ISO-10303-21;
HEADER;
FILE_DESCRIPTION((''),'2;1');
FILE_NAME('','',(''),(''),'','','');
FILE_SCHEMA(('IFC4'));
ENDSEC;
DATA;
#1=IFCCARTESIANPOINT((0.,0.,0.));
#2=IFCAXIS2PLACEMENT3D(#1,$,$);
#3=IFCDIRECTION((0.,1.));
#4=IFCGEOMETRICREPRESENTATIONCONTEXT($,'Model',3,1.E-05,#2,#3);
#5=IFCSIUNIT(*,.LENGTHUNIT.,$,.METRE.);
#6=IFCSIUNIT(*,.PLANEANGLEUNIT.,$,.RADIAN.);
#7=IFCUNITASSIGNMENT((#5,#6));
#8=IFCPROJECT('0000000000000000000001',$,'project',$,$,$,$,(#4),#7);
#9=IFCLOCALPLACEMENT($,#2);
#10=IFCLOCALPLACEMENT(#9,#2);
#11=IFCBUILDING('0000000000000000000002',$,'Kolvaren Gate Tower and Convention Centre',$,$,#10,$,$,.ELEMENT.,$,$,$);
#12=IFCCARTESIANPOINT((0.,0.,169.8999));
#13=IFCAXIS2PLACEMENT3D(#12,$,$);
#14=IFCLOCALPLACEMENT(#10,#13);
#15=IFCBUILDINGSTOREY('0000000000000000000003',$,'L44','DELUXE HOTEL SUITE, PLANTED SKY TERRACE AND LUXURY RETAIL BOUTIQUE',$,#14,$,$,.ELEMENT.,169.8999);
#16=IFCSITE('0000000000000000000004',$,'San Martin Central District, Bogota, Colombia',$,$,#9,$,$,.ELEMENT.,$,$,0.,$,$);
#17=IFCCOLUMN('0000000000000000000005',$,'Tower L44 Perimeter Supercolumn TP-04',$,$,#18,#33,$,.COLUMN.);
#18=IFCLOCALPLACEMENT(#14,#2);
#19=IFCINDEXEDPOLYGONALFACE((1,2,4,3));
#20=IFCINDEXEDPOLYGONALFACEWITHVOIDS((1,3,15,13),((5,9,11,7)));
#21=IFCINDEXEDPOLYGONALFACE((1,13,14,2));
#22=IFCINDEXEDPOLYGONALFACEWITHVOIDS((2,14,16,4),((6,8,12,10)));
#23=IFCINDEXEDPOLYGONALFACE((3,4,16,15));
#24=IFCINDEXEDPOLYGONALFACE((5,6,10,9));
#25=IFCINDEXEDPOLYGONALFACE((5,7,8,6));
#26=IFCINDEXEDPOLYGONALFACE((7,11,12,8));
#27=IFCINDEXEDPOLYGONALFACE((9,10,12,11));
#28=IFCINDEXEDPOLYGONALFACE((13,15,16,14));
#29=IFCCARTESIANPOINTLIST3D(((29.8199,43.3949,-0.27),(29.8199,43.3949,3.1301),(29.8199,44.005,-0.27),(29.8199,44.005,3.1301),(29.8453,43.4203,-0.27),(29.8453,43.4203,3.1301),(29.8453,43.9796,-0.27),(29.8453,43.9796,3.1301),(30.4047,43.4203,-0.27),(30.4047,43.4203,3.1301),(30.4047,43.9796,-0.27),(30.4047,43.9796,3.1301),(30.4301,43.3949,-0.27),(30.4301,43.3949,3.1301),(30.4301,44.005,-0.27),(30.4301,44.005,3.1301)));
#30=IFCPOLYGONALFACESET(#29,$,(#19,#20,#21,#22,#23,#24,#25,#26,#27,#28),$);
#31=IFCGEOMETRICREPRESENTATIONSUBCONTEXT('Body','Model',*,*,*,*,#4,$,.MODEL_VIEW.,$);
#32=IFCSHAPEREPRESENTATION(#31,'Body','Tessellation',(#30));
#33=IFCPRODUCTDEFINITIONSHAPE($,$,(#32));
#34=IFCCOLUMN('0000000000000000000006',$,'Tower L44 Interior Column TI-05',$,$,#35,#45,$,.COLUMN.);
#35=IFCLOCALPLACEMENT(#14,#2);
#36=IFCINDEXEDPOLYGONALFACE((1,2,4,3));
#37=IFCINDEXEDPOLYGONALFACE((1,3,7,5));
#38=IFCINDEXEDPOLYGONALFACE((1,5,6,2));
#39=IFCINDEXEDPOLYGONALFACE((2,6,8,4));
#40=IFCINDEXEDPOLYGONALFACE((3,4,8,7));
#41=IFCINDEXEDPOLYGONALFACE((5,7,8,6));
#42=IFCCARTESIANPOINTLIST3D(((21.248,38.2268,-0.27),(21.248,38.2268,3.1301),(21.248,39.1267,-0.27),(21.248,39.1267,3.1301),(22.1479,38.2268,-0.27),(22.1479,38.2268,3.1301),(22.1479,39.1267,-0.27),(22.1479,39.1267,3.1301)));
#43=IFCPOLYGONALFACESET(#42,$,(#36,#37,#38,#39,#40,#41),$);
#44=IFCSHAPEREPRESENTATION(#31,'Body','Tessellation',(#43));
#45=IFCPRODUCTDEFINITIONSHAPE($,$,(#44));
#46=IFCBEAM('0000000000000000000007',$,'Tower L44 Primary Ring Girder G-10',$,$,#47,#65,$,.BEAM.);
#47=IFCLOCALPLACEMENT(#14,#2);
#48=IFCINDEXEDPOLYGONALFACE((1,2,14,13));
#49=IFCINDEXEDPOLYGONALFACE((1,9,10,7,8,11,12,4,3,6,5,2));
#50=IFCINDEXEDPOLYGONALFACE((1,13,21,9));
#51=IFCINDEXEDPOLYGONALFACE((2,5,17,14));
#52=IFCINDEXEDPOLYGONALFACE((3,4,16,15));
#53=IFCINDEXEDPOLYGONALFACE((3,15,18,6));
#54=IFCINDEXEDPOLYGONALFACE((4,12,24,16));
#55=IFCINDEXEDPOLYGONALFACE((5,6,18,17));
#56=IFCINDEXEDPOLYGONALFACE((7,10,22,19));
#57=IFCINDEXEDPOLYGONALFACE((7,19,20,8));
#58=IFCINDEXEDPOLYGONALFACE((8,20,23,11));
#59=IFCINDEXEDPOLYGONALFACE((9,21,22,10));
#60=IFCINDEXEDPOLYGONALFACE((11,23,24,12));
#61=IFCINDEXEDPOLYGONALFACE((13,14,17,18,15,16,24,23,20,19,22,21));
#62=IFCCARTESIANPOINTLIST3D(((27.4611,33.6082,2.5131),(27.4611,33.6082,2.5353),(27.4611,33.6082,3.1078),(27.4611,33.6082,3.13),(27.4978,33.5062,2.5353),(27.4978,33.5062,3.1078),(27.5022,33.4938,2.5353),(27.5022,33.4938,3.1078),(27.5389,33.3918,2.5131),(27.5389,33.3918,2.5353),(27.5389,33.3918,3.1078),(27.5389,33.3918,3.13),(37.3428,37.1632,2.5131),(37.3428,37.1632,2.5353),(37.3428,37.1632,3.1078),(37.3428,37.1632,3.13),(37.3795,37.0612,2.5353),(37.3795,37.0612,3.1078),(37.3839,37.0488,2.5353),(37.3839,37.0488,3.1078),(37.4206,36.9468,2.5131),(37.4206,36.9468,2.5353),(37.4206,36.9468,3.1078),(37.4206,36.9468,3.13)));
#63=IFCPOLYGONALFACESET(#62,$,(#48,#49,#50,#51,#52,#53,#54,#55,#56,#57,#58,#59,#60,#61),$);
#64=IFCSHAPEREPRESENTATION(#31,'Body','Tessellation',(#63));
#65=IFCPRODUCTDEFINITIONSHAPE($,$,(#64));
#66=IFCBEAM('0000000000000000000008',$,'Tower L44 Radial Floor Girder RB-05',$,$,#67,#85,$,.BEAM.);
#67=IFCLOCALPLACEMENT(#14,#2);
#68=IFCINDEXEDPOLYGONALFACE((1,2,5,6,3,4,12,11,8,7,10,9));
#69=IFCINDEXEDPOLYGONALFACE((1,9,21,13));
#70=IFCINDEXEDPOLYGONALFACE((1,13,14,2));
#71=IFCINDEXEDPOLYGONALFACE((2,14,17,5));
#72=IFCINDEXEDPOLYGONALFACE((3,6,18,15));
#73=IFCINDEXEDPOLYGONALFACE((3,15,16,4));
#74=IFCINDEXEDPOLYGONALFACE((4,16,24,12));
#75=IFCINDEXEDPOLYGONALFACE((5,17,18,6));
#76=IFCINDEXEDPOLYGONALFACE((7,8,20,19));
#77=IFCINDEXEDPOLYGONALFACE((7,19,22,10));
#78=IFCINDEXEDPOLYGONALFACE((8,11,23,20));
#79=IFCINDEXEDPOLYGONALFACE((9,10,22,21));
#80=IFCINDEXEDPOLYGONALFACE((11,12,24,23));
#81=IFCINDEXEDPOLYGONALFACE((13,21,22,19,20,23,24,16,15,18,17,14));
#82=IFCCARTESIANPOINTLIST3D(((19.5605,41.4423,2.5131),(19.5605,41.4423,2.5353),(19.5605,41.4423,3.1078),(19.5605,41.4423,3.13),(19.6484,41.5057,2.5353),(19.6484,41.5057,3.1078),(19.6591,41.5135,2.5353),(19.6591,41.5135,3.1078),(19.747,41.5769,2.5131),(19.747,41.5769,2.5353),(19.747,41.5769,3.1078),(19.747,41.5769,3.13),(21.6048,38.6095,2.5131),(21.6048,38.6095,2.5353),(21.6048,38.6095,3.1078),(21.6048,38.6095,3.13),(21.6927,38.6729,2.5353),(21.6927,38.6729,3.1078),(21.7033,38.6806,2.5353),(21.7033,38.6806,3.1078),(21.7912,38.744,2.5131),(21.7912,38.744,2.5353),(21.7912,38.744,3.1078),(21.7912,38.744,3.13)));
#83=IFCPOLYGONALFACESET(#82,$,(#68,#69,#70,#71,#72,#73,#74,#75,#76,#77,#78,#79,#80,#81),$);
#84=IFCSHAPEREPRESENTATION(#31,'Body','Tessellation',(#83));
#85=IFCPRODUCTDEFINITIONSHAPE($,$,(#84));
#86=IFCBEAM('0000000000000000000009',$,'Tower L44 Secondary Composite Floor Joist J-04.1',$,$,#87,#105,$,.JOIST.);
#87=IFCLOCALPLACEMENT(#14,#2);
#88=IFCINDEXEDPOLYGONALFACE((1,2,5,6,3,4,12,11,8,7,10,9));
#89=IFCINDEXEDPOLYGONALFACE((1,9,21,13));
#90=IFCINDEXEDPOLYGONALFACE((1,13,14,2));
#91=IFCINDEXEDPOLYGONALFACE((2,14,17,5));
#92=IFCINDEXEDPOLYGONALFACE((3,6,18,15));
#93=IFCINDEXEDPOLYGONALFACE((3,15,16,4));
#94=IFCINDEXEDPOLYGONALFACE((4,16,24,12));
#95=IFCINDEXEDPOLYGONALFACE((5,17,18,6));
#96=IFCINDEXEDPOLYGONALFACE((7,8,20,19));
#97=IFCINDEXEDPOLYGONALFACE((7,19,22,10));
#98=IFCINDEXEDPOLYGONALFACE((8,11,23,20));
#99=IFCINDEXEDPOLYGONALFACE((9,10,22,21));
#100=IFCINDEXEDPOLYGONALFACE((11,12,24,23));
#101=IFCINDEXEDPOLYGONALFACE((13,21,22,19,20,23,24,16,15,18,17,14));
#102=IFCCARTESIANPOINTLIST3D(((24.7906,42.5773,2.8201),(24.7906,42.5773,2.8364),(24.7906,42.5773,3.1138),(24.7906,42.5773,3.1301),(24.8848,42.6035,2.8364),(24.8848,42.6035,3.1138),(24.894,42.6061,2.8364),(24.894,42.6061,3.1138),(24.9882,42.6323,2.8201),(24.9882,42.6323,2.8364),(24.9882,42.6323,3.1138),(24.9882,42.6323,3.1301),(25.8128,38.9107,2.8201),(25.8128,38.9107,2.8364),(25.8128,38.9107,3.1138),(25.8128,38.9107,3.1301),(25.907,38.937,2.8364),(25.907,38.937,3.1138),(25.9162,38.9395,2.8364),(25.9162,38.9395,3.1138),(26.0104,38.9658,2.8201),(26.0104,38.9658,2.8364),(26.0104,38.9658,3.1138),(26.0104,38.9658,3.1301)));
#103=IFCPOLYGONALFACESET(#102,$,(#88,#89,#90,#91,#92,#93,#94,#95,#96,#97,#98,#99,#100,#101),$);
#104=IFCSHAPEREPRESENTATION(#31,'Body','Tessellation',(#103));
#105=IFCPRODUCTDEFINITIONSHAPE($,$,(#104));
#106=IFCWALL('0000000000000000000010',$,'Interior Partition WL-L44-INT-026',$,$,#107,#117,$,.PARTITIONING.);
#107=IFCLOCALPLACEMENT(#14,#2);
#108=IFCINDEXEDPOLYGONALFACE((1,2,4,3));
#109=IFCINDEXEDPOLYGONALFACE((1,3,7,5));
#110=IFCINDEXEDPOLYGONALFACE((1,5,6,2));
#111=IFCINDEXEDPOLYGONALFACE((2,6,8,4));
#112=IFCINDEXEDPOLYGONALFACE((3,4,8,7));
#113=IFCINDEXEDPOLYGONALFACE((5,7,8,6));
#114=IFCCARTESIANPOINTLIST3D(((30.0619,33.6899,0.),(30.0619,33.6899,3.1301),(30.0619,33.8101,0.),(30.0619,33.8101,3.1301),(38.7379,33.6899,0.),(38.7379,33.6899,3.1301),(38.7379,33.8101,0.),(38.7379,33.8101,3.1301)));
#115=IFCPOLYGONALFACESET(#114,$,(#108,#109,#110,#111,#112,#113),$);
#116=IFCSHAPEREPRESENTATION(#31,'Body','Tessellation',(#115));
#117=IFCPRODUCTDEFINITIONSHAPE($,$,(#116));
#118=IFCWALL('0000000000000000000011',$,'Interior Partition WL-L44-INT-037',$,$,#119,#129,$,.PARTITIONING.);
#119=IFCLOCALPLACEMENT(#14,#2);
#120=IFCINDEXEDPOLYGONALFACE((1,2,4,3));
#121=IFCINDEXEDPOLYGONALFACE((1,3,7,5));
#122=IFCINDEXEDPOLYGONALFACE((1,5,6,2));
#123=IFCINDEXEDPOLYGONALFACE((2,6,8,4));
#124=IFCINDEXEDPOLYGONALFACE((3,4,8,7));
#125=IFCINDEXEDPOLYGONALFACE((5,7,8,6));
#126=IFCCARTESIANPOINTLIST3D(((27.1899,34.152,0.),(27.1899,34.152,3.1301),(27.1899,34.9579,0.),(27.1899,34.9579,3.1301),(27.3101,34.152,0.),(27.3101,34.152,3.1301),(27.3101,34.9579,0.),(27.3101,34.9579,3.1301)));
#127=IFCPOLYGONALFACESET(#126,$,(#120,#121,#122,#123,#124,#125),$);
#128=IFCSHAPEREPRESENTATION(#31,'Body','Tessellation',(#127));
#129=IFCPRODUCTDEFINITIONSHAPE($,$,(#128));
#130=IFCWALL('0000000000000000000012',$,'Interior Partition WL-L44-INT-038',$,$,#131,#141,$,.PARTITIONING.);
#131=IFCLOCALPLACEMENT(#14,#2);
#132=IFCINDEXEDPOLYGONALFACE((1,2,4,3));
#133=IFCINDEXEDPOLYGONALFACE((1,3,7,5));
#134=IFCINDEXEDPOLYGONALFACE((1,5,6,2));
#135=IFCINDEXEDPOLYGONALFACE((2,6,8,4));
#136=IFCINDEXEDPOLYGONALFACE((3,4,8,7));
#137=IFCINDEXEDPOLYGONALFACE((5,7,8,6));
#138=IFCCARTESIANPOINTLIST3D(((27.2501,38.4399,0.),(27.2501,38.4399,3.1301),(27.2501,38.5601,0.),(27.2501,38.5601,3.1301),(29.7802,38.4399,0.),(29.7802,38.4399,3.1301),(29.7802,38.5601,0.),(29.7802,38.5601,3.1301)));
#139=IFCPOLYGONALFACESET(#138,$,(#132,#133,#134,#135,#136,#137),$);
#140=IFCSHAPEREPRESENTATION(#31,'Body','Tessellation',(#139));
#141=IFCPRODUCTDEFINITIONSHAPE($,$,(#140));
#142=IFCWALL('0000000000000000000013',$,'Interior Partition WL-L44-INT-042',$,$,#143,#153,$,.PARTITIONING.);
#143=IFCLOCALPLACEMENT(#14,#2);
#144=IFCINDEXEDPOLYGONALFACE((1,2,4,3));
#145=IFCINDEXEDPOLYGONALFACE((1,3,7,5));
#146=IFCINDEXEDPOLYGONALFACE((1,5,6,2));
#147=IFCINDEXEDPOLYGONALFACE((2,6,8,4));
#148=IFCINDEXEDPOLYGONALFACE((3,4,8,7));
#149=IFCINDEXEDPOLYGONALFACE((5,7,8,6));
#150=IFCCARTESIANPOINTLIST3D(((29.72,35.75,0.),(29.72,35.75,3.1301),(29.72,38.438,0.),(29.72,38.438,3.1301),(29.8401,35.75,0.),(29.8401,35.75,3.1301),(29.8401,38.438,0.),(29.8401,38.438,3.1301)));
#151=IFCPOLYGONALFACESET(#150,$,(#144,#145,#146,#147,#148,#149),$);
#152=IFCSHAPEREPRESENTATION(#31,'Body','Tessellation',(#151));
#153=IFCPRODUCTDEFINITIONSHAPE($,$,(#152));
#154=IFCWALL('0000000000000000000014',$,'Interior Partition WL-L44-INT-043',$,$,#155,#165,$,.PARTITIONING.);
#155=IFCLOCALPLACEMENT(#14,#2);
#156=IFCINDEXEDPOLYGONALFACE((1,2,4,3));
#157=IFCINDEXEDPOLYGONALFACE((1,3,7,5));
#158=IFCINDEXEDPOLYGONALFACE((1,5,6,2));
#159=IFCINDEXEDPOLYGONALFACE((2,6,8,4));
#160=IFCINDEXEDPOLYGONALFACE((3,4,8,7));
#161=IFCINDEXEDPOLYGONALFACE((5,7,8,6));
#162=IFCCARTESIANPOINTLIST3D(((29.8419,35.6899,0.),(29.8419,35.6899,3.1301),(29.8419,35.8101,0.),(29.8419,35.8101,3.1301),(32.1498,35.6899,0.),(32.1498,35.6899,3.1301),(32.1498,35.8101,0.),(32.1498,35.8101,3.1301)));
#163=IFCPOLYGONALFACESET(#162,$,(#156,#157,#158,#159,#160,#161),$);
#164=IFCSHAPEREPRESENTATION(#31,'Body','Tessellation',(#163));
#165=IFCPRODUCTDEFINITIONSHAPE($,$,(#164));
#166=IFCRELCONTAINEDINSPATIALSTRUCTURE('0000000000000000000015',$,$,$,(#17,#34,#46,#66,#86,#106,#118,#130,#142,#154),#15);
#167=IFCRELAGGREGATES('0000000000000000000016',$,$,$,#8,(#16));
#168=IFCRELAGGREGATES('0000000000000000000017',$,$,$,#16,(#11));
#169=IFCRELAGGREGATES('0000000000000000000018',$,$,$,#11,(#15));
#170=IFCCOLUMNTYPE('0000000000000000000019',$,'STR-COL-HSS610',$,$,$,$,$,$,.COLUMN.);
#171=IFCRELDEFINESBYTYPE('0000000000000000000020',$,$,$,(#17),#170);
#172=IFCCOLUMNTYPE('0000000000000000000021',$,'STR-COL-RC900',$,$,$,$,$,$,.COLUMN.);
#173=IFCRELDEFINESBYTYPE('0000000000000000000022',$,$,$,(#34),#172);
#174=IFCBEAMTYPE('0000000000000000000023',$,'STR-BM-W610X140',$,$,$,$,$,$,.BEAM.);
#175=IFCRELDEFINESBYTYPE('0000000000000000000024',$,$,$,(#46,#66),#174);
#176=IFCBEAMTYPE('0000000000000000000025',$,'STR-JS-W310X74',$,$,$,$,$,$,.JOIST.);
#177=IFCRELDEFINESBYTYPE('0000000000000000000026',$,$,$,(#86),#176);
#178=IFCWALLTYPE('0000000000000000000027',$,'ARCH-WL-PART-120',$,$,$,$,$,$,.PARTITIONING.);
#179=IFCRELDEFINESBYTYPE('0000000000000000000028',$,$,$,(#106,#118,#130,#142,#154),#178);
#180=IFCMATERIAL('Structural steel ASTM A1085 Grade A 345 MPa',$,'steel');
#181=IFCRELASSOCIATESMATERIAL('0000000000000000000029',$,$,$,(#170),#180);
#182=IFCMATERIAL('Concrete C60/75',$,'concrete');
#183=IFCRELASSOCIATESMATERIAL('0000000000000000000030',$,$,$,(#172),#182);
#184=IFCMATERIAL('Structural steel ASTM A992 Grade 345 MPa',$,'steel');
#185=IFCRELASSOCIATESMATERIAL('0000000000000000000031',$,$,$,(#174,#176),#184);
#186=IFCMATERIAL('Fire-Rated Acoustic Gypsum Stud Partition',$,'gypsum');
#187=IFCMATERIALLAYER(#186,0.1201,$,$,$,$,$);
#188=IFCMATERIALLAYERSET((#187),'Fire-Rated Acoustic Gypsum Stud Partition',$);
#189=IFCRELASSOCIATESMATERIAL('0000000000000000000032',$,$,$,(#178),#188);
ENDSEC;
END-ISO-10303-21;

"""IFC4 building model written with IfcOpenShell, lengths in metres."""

from ifc_helpers import new_model, si_unit, direction, frame, frame_2d, origin, origin_2d, place, context, subcontext, project, spatial, rectangle, hollow_rectangle, i_section, extrude, material, layer, layer_set, material_profile, profile_set, type_object, element, save


model = new_model("IFC4")

# Units and contexts
model_context = context("Model", 3, precision=1e-05, world=origin(), true_north=direction((0.0, 1.0)))
body_context = subcontext(model_context, "Body", "Model", "MODEL_VIEW")
ifc_project = project(units=[si_unit("LENGTHUNIT", "METRE"), si_unit("PLANEANGLEUNIT", "RADIAN")], contexts=[model_context])

# Site, building, storey
site_placement = place(None, origin())
site = spatial("IfcSite", under=ifc_project, at=site_placement, Name="San Martin Central District, Bogota, Colombia", CompositionType="ELEMENT", RefElevation=0.0)
building_placement = place(site_placement, origin())
building = spatial("IfcBuilding", under=site, at=building_placement, Name="Kolvaren Gate Tower and Convention Centre", CompositionType="ELEMENT")
storey_placement = place(building_placement, frame((0.0, 0.0, 169.8999)))
storey = spatial("IfcBuildingStorey", under=building, at=storey_placement, Name="L44", Description="DELUXE HOTEL SUITE, PLANTED SKY TERRACE AND LUXURY RETAIL BOUTIQUE", CompositionType="ELEMENT", Elevation=169.8999)

# Columns
ifc_material_1 = material(Name="Structural steel ASTM A1085 Grade A 345 MPa", Category="steel")
ifc_material_profile_1 = material_profile(ifc_material_1, hollow_rectangle(XDim=0.6101, YDim=0.6101, WallThickness=0.0254, at=origin_2d()), Name="HSS610X610X25.4")
ifc_profile_set_1 = profile_set([ifc_material_profile_1], Name="Structural steel ASTM A1085 Grade A 345 MPa")
column_type_1 = type_object("IfcColumnType", Name="STR-COL-HSS610", PredefinedType="COLUMN", material=ifc_profile_set_1)
column_1_placement = place(storey_placement, frame((30.125, 43.7, -0.27), z_axis=(0.0, 0.0, 1.0), x_axis=(1.0, 0.0, 0.0)))
element("IfcColumn", 1, at=column_1_placement, inside=storey, type_object=column_type_1, Name="Tower L44 Perimeter Supercolumn TP-04", PredefinedType="COLUMN", context=body_context, shape_type="SweptSolid", body=[
    extrude(hollow_rectangle(XDim=0.6101, YDim=0.6101, WallThickness=0.0254, at=origin_2d()), origin(), (0.0, 0.0, 1.0), 3.4001),
])
ifc_material_2 = material(Name="Concrete C60/75", Category="concrete")
ifc_material_profile_2 = material_profile(ifc_material_2, rectangle(XDim=0.8999, YDim=0.8999, at=origin_2d()), Name="RC-COL-900X900")
ifc_profile_set_2 = profile_set([ifc_material_profile_2], Name="Concrete C60/75")
column_type_2 = type_object("IfcColumnType", Name="STR-COL-RC900", PredefinedType="COLUMN", material=ifc_profile_set_2)
column_2_placement = place(storey_placement, frame((21.698, 38.6768, -0.27), z_axis=(0.0, 0.0, 1.0), x_axis=(1.0, 0.0, 0.0)))
element("IfcColumn", 2, at=column_2_placement, inside=storey, type_object=column_type_2, Name="Tower L44 Interior Column TI-05", PredefinedType="COLUMN", context=body_context, shape_type="SweptSolid", body=[
    extrude(rectangle(XDim=0.8999, YDim=0.8999, at=origin_2d()), origin(), (0.0, 0.0, 1.0), 3.4001),
])

# Beams
ifc_material_3 = material(Name="Structural steel ASTM A992 Grade 345 MPa", Category="steel")
ifc_material_profile_3 = material_profile(ifc_material_3, i_section(OverallWidth=0.23, OverallDepth=0.6169, WebThickness=0.0132, FlangeThickness=0.0222, at=origin_2d()), Name="W610X140")
ifc_profile_set_3 = profile_set([ifc_material_profile_3], Name="Structural steel ASTM A992 Grade 345 MPa")
beam_type_1 = type_object("IfcBeamType", Name="STR-BM-W610X140", PredefinedType="BEAM", material=ifc_profile_set_3)
beam_1_placement = place(storey_placement, frame((27.5, 33.5, 2.8215), z_axis=(0.940961, 0.338514, 0.0), x_axis=(-0.338514, 0.940961, 0.0)))
element("IfcBeam", 3, at=beam_1_placement, inside=storey, type_object=beam_type_1, Name="Tower L44 Primary Ring Girder G-10", PredefinedType="BEAM", context=body_context, shape_type="SweptSolid", body=[
    extrude(i_section(OverallWidth=0.23, OverallDepth=0.6169, WebThickness=0.0132, FlangeThickness=0.0222, at=origin_2d()), origin(), (0.0, 0.0, 1.0), 10.5017),
])
beam_2_placement = place(storey_placement, frame((21.698, 38.6768, 2.8215), z_axis=(-0.585172, 0.81091, 0.0), x_axis=(-0.81091, -0.585172, 0.0)))
element("IfcBeam", 4, at=beam_2_placement, inside=storey, type_object=beam_type_1, Name="Tower L44 Radial Floor Girder RB-05", PredefinedType="BEAM", context=body_context, shape_type="SweptSolid", body=[
    extrude(i_section(OverallWidth=0.23, OverallDepth=0.6169, WebThickness=0.0132, FlangeThickness=0.0222, at=origin_2d()), origin(), (0.0, 0.0, 1.0), 3.4934),
])
ifc_material_profile_4 = material_profile(ifc_material_3, i_section(OverallWidth=0.2051, OverallDepth=0.3101, WebThickness=0.0095, FlangeThickness=0.0164, at=origin_2d()), Name="W310X74")
ifc_profile_set_4 = profile_set([ifc_material_profile_4], Name="Structural steel ASTM A992 Grade 345 MPa")
beam_type_2 = type_object("IfcBeamType", Name="STR-JS-W310X74", PredefinedType="JOIST", material=ifc_profile_set_4)
beam_3_placement = place(storey_placement, frame((25.9116, 38.9382, 2.9751), z_axis=(-0.268557, 0.963264, 0.0), x_axis=(-0.963264, -0.268557, 0.0)))
element("IfcBeam", 5, at=beam_3_placement, inside=storey, type_object=beam_type_2, Name="Tower L44 Secondary Composite Floor Joist J-04.1", PredefinedType="JOIST", context=body_context, shape_type="SweptSolid", body=[
    extrude(i_section(OverallWidth=0.2051, OverallDepth=0.3101, WebThickness=0.0095, FlangeThickness=0.0164, at=origin_2d()), origin(), (0.0, 0.0, 1.0), 3.8064),
])

# Walls
ifc_material_4 = material(Name="Fire-Rated Acoustic Gypsum Stud Partition", Category="gypsum")
ifc_layer_1 = layer(ifc_material_4, 0.1201)
ifc_layer_set_1 = layer_set([ifc_layer_1], Name="Fire-Rated Acoustic Gypsum Stud Partition")
wall_type_1 = type_object("IfcWallType", Name="ARCH-WL-PART-120", PredefinedType="PARTITIONING", material=ifc_layer_set_1)
wall_1_placement = place(storey_placement, frame((30.062, 33.75, 0.0), z_axis=(0.0, 0.0, 1.0), x_axis=(1.0, 0.0, 0.0)))
element("IfcWall", 6, at=wall_1_placement, inside=storey, type_object=wall_type_1, Name="Interior Partition WL-L44-INT-026", PredefinedType="PARTITIONING", context=body_context, shape_type="SweptSolid", body=[
    extrude(rectangle(XDim=8.676, YDim=0.1201, at=frame_2d((4.3379, 0.0))), origin(), (0.0, 0.0, 1.0), 3.1301),
])
wall_2_placement = place(storey_placement, frame((27.25, 34.1521, 0.0), z_axis=(0.0, 0.0, 1.0), x_axis=(0.0, 1.0, 0.0)))
element("IfcWall", 7, at=wall_2_placement, inside=storey, type_object=wall_type_1, Name="Interior Partition WL-L44-INT-037", PredefinedType="PARTITIONING", context=body_context, shape_type="SweptSolid", body=[
    extrude(rectangle(XDim=0.8059, YDim=0.1201, at=frame_2d((0.4028, 0.0))), origin(), (0.0, 0.0, 1.0), 3.1301),
])
wall_3_placement = place(storey_placement, frame((27.25, 38.5, 0.0), z_axis=(0.0, 0.0, 1.0), x_axis=(1.0, 0.0, 0.0)))
element("IfcWall", 8, at=wall_3_placement, inside=storey, type_object=wall_type_1, Name="Interior Partition WL-L44-INT-038", PredefinedType="PARTITIONING", context=body_context, shape_type="SweptSolid", body=[
    extrude(rectangle(XDim=2.53, YDim=0.1201, at=frame_2d((1.2651, 0.0))), origin(), (0.0, 0.0, 1.0), 3.1301),
])
wall_4_placement = place(storey_placement, frame((29.78, 35.75, 0.0), z_axis=(0.0, 0.0, 1.0), x_axis=(0.0, 1.0, 0.0)))
element("IfcWall", 9, at=wall_4_placement, inside=storey, type_object=wall_type_1, Name="Interior Partition WL-L44-INT-042", PredefinedType="PARTITIONING", context=body_context, shape_type="SweptSolid", body=[
    extrude(rectangle(XDim=2.688, YDim=0.1201, at=frame_2d((1.344, 0.0))), origin(), (0.0, 0.0, 1.0), 3.1301),
])
wall_5_placement = place(storey_placement, frame((29.842, 35.75, 0.0), z_axis=(0.0, 0.0, 1.0), x_axis=(1.0, 0.0, 0.0)))
element("IfcWall", 10, at=wall_5_placement, inside=storey, type_object=wall_type_1, Name="Interior Partition WL-L44-INT-043", PredefinedType="PARTITIONING", context=body_context, shape_type="SweptSolid", body=[
    extrude(rectangle(XDim=2.3079, YDim=0.1201, at=frame_2d((1.1538, 0.0))), origin(), (0.0, 0.0, 1.0), 3.1301),
])

save(model, "model.ifc")
